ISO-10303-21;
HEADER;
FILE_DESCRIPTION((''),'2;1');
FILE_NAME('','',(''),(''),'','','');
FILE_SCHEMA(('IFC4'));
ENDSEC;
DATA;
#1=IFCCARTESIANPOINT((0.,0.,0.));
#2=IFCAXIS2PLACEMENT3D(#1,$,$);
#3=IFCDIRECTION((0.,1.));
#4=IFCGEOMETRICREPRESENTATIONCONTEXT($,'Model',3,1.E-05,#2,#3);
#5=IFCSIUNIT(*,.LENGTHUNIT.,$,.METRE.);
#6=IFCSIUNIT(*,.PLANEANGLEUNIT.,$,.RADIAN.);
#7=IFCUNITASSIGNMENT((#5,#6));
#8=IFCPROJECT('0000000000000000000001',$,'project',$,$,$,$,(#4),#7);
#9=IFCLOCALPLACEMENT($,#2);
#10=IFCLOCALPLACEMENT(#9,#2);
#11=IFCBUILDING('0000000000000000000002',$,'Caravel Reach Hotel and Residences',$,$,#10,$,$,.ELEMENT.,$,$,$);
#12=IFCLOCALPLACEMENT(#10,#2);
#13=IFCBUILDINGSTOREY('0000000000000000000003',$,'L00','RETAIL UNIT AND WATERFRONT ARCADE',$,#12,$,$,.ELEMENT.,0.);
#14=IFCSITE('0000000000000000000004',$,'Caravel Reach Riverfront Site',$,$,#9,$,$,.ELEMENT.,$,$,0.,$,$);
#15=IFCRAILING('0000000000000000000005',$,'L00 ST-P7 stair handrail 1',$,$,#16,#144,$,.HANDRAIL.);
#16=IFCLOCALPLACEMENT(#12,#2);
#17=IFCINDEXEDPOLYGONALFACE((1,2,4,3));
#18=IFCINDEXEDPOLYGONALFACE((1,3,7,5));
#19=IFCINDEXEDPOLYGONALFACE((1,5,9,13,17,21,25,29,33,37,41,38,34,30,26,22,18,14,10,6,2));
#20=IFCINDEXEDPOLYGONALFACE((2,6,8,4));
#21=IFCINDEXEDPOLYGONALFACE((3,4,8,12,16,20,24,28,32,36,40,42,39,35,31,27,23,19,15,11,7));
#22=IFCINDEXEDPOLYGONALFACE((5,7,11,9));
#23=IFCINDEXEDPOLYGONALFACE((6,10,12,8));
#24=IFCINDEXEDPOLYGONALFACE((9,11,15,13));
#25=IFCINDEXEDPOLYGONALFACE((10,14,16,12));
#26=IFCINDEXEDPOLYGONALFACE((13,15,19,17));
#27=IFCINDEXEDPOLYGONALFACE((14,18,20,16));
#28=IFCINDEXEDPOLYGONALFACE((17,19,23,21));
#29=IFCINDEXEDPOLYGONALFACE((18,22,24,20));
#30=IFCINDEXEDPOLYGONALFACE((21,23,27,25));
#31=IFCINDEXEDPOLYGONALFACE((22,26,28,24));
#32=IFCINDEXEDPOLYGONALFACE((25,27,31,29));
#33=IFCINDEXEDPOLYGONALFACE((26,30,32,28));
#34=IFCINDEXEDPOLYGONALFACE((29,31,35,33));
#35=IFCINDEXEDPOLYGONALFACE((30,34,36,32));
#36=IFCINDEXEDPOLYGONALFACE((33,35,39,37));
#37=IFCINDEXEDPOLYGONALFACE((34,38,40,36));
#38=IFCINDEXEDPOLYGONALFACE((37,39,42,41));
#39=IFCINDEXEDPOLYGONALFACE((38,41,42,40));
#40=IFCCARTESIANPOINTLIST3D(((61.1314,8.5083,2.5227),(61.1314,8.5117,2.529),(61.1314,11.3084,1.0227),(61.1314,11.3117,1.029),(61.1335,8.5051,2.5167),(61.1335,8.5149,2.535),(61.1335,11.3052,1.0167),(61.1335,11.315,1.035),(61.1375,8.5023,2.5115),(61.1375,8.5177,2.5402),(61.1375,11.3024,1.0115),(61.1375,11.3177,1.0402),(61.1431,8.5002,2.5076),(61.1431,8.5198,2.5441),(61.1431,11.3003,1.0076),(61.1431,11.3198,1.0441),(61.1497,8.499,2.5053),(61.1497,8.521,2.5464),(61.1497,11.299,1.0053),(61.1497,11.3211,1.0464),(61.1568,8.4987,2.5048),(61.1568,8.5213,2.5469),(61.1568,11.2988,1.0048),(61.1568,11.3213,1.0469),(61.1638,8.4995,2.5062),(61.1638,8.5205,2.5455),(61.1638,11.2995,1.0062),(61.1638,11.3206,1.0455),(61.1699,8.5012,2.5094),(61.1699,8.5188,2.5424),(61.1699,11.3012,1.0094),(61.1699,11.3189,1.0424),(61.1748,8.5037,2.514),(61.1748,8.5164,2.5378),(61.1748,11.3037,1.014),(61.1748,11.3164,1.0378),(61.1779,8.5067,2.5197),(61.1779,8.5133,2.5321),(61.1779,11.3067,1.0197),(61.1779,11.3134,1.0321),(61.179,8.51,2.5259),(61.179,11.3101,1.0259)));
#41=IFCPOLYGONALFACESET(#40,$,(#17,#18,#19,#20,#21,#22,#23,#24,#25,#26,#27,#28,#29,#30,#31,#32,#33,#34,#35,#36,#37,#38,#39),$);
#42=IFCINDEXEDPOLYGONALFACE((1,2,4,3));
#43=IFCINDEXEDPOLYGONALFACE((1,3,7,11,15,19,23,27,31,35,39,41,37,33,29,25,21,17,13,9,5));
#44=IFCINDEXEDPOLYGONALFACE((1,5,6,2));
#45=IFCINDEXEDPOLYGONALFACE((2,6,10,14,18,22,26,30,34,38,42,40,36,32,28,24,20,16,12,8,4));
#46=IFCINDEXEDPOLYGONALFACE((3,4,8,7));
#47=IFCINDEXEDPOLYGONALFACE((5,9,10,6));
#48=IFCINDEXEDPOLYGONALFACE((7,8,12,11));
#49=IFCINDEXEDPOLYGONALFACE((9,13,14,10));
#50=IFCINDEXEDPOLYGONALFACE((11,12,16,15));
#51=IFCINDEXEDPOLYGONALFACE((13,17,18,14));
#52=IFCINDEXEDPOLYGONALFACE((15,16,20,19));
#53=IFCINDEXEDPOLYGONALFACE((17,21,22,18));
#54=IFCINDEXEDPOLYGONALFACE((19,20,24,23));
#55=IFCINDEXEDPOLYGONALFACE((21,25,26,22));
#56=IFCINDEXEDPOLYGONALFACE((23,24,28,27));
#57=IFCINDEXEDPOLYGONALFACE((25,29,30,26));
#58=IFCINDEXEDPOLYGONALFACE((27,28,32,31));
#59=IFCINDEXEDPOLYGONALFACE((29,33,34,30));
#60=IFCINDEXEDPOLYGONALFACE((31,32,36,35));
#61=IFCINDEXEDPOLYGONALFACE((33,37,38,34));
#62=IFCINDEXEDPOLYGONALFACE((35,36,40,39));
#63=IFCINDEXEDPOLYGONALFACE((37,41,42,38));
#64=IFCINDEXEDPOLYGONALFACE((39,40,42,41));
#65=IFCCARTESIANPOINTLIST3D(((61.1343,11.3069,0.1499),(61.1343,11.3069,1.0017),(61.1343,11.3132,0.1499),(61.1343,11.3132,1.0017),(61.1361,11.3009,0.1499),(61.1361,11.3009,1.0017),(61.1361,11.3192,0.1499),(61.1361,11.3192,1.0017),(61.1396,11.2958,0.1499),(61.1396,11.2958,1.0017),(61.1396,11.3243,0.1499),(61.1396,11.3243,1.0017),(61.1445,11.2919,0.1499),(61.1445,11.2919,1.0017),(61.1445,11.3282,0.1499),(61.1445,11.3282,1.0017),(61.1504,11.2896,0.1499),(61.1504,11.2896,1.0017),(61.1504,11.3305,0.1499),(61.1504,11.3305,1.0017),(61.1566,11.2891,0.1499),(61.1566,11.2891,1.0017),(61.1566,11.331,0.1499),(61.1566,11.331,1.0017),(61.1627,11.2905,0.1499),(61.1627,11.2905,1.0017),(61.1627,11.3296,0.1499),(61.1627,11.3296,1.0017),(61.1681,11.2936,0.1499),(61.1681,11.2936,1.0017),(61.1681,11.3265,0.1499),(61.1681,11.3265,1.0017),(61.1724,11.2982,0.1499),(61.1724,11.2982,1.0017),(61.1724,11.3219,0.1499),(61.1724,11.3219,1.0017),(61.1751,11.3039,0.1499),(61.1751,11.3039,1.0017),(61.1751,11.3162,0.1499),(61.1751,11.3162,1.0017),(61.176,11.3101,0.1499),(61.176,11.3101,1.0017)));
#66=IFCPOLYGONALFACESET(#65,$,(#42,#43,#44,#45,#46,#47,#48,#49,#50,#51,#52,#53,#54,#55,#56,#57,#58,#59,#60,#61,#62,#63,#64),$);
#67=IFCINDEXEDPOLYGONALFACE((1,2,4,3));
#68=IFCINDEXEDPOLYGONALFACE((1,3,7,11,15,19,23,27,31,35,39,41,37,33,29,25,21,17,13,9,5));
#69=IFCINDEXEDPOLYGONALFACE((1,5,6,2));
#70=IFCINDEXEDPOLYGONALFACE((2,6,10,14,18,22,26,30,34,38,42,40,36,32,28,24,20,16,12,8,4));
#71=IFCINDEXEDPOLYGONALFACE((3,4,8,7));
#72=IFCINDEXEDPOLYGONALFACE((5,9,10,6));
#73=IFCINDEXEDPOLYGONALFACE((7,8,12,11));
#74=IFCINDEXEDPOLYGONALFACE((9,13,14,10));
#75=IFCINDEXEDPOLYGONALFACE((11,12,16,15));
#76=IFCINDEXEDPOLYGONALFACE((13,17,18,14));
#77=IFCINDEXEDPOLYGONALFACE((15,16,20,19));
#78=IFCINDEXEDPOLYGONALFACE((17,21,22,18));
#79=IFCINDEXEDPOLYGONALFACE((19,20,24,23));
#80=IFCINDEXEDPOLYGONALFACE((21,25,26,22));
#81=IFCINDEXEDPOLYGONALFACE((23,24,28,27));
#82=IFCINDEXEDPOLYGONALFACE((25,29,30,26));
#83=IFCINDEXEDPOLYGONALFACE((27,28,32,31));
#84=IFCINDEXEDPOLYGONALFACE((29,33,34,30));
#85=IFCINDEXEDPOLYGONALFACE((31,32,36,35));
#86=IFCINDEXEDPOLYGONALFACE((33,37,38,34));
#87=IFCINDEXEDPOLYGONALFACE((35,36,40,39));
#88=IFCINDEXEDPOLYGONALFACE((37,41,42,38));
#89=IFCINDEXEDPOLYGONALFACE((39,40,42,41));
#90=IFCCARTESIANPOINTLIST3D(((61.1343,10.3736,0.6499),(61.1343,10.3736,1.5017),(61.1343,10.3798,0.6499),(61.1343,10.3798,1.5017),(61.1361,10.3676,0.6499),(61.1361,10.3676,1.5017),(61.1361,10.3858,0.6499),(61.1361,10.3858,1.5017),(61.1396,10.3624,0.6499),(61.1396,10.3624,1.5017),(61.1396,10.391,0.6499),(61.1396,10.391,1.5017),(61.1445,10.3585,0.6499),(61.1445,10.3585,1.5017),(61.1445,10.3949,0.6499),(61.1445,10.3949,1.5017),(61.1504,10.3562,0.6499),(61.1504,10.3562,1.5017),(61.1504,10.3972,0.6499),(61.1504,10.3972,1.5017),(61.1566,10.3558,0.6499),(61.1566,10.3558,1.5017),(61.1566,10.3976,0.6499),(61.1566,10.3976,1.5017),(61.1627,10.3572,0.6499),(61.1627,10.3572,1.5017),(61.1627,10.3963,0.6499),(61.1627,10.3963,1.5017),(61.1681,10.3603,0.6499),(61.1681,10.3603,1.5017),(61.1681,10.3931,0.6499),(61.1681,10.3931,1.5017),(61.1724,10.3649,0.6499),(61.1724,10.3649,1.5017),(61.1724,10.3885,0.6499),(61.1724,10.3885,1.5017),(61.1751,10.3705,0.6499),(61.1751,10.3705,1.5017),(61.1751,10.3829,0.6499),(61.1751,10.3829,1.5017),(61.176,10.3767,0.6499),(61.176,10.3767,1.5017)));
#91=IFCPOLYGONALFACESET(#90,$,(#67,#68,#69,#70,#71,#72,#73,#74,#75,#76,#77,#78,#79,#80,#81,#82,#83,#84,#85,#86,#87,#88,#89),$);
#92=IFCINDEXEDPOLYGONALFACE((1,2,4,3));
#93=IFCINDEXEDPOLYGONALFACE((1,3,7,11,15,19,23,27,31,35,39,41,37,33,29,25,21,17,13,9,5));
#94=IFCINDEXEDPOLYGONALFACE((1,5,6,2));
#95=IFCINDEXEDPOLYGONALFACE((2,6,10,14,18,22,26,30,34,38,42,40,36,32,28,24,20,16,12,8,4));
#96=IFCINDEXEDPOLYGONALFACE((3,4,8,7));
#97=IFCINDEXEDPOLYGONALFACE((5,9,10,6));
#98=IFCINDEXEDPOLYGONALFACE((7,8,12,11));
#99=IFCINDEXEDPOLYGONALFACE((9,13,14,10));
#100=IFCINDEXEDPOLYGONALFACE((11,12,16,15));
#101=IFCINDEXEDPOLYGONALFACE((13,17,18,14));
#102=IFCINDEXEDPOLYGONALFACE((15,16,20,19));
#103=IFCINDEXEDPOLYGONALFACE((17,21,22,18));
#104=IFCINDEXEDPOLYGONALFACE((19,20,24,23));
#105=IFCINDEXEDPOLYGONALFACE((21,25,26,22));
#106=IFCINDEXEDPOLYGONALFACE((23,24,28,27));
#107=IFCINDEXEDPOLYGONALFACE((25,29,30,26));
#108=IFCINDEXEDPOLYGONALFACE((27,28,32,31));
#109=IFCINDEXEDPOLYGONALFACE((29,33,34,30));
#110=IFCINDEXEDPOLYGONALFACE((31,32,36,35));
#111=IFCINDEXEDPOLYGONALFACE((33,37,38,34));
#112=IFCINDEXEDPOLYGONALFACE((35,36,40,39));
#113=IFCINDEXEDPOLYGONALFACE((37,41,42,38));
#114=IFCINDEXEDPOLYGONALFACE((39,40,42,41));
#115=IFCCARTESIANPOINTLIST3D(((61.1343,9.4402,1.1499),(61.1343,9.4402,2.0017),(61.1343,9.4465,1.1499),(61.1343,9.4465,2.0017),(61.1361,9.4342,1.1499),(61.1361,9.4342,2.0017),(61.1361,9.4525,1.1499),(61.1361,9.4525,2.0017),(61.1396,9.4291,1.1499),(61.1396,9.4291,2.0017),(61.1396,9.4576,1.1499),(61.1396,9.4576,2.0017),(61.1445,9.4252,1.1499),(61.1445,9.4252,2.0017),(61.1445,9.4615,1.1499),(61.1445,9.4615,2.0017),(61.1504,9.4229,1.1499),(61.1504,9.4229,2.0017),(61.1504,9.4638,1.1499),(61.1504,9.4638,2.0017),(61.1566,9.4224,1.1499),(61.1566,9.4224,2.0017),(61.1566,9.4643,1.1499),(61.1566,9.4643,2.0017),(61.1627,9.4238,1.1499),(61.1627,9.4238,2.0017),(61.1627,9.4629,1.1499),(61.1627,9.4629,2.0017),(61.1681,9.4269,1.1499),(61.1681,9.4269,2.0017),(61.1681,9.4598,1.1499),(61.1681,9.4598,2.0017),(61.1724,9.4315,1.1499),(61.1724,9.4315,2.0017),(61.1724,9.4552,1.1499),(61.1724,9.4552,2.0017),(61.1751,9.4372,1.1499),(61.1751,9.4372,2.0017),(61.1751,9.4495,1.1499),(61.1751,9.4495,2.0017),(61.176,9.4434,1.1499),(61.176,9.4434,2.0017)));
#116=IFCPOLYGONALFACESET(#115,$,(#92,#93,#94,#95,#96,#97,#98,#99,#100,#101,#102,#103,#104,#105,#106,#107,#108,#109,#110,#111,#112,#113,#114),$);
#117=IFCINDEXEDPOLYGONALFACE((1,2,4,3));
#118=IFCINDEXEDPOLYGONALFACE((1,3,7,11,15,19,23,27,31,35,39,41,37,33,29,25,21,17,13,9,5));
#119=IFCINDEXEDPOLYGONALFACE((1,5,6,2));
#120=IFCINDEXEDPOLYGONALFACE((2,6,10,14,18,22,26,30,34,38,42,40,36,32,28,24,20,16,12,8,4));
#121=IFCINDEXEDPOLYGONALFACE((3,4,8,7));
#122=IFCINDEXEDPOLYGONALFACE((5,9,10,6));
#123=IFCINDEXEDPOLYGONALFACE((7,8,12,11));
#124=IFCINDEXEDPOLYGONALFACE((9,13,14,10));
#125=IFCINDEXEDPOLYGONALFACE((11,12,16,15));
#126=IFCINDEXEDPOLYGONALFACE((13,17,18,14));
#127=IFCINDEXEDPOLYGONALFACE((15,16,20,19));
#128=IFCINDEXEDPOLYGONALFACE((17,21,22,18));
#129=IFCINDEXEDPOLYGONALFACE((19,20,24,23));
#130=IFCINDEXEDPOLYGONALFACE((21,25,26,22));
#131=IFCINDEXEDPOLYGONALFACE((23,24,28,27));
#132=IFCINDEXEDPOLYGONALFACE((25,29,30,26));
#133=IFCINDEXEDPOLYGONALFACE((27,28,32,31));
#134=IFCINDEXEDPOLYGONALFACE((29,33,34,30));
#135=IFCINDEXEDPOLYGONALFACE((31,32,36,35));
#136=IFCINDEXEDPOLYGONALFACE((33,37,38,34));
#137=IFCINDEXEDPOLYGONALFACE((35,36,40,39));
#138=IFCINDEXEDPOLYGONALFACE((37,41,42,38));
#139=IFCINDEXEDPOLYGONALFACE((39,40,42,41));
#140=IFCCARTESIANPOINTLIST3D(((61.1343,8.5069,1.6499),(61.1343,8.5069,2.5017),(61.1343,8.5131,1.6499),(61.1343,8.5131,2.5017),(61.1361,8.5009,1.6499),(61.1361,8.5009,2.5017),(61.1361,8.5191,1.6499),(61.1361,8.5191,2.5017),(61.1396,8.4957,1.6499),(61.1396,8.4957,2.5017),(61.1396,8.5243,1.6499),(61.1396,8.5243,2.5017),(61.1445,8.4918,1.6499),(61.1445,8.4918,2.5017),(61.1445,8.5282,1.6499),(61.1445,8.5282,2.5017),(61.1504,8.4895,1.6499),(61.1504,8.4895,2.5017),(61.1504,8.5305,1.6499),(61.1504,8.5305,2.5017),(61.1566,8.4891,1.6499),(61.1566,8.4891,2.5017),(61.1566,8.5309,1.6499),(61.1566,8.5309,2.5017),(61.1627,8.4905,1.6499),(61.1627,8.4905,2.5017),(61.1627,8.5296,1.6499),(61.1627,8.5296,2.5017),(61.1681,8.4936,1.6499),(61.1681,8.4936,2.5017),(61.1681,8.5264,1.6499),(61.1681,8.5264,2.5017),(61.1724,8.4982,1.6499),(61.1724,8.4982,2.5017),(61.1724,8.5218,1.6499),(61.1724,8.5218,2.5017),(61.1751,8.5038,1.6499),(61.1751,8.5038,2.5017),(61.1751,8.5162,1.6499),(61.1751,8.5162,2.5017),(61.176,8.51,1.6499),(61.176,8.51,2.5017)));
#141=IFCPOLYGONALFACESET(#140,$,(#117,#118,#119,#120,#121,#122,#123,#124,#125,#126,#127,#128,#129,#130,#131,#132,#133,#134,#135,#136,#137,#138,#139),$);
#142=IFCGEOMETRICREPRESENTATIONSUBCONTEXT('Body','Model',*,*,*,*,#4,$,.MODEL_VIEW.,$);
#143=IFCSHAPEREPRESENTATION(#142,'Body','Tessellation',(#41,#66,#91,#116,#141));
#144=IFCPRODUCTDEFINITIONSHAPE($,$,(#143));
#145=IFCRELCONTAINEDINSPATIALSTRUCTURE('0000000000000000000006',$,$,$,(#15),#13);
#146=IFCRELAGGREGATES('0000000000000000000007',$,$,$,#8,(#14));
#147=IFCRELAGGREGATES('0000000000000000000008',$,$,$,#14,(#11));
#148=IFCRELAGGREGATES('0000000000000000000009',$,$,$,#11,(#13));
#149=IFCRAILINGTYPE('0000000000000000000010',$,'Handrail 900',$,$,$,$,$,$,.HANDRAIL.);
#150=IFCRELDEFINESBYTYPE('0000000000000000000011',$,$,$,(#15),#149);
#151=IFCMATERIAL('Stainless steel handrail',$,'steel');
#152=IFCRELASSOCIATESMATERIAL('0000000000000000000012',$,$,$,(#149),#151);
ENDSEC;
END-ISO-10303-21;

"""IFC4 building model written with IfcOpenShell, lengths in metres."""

from ifc_helpers import new_model, si_unit, direction, frame, origin, origin_2d, place, context, subcontext, project, spatial, circle, extrude, material, type_object, element, save


model = new_model("IFC4")

# Units and contexts
model_context = context("Model", 3, precision=1e-05, world=origin(), true_north=direction((0.0, 1.0)))
body_context = subcontext(model_context, "Body", "Model", "MODEL_VIEW")
ifc_project = project(units=[si_unit("LENGTHUNIT", "METRE"), si_unit("PLANEANGLEUNIT", "RADIAN")], contexts=[model_context])

# Site, building, storey
site_placement = place(None, origin())
site = spatial("IfcSite", under=ifc_project, at=site_placement, Name="Caravel Reach Riverfront Site", CompositionType="ELEMENT", RefElevation=0.0)
building_placement = place(site_placement, origin())
building = spatial("IfcBuilding", under=site, at=building_placement, Name="Caravel Reach Hotel and Residences", CompositionType="ELEMENT")
storey_placement = place(building_placement, origin())
storey = spatial("IfcBuildingStorey", under=building, at=storey_placement, Name="L00", Description="RETAIL UNIT AND WATERFRONT ARCADE", CompositionType="ELEMENT", Elevation=0.0)

# Railing
ifc_material_1 = material(Name="Stainless steel handrail", Category="steel")
railing_type_1 = type_object("IfcRailingType", Name="Handrail 900", PredefinedType="HANDRAIL", material=ifc_material_1)
for number, where, name in (
    (1, (61.155, 11.3101, 0.1499), "L00 ST-P7 stair handrail 1"),
):
    element("IfcRailing", number, at=place(storey_placement, frame(where)), inside=storey, type_object=railing_type_1, Name=name, PredefinedType="HANDRAIL", context=body_context, shape_type="SweptSolid", body=[
        extrude(circle(Radius=0.0239, at=origin_2d()), frame((0.0, 0.0, 0.876), z_axis=(0.0, -0.881483, 0.472215), x_axis=(1.0, 0.0, 0.0)), (0.0, 0.0, 1.0), 3.1765),
        extrude(circle(Radius=0.021, at=origin_2d()), origin(), (0.0, 0.0, 1.0), 0.8518),
        extrude(circle(Radius=0.021, at=origin_2d()), frame((0.0, -0.9333, 0.5)), (0.0, 0.0, 1.0), 0.8518),
        extrude(circle(Radius=0.021, at=origin_2d()), frame((0.0, -1.8667, 1.0)), (0.0, 0.0, 1.0), 0.8518),
        extrude(circle(Radius=0.021, at=origin_2d()), frame((0.0, -2.8, 1.5)), (0.0, 0.0, 1.0), 0.8518),
    ])

save(model, "model.ifc")
